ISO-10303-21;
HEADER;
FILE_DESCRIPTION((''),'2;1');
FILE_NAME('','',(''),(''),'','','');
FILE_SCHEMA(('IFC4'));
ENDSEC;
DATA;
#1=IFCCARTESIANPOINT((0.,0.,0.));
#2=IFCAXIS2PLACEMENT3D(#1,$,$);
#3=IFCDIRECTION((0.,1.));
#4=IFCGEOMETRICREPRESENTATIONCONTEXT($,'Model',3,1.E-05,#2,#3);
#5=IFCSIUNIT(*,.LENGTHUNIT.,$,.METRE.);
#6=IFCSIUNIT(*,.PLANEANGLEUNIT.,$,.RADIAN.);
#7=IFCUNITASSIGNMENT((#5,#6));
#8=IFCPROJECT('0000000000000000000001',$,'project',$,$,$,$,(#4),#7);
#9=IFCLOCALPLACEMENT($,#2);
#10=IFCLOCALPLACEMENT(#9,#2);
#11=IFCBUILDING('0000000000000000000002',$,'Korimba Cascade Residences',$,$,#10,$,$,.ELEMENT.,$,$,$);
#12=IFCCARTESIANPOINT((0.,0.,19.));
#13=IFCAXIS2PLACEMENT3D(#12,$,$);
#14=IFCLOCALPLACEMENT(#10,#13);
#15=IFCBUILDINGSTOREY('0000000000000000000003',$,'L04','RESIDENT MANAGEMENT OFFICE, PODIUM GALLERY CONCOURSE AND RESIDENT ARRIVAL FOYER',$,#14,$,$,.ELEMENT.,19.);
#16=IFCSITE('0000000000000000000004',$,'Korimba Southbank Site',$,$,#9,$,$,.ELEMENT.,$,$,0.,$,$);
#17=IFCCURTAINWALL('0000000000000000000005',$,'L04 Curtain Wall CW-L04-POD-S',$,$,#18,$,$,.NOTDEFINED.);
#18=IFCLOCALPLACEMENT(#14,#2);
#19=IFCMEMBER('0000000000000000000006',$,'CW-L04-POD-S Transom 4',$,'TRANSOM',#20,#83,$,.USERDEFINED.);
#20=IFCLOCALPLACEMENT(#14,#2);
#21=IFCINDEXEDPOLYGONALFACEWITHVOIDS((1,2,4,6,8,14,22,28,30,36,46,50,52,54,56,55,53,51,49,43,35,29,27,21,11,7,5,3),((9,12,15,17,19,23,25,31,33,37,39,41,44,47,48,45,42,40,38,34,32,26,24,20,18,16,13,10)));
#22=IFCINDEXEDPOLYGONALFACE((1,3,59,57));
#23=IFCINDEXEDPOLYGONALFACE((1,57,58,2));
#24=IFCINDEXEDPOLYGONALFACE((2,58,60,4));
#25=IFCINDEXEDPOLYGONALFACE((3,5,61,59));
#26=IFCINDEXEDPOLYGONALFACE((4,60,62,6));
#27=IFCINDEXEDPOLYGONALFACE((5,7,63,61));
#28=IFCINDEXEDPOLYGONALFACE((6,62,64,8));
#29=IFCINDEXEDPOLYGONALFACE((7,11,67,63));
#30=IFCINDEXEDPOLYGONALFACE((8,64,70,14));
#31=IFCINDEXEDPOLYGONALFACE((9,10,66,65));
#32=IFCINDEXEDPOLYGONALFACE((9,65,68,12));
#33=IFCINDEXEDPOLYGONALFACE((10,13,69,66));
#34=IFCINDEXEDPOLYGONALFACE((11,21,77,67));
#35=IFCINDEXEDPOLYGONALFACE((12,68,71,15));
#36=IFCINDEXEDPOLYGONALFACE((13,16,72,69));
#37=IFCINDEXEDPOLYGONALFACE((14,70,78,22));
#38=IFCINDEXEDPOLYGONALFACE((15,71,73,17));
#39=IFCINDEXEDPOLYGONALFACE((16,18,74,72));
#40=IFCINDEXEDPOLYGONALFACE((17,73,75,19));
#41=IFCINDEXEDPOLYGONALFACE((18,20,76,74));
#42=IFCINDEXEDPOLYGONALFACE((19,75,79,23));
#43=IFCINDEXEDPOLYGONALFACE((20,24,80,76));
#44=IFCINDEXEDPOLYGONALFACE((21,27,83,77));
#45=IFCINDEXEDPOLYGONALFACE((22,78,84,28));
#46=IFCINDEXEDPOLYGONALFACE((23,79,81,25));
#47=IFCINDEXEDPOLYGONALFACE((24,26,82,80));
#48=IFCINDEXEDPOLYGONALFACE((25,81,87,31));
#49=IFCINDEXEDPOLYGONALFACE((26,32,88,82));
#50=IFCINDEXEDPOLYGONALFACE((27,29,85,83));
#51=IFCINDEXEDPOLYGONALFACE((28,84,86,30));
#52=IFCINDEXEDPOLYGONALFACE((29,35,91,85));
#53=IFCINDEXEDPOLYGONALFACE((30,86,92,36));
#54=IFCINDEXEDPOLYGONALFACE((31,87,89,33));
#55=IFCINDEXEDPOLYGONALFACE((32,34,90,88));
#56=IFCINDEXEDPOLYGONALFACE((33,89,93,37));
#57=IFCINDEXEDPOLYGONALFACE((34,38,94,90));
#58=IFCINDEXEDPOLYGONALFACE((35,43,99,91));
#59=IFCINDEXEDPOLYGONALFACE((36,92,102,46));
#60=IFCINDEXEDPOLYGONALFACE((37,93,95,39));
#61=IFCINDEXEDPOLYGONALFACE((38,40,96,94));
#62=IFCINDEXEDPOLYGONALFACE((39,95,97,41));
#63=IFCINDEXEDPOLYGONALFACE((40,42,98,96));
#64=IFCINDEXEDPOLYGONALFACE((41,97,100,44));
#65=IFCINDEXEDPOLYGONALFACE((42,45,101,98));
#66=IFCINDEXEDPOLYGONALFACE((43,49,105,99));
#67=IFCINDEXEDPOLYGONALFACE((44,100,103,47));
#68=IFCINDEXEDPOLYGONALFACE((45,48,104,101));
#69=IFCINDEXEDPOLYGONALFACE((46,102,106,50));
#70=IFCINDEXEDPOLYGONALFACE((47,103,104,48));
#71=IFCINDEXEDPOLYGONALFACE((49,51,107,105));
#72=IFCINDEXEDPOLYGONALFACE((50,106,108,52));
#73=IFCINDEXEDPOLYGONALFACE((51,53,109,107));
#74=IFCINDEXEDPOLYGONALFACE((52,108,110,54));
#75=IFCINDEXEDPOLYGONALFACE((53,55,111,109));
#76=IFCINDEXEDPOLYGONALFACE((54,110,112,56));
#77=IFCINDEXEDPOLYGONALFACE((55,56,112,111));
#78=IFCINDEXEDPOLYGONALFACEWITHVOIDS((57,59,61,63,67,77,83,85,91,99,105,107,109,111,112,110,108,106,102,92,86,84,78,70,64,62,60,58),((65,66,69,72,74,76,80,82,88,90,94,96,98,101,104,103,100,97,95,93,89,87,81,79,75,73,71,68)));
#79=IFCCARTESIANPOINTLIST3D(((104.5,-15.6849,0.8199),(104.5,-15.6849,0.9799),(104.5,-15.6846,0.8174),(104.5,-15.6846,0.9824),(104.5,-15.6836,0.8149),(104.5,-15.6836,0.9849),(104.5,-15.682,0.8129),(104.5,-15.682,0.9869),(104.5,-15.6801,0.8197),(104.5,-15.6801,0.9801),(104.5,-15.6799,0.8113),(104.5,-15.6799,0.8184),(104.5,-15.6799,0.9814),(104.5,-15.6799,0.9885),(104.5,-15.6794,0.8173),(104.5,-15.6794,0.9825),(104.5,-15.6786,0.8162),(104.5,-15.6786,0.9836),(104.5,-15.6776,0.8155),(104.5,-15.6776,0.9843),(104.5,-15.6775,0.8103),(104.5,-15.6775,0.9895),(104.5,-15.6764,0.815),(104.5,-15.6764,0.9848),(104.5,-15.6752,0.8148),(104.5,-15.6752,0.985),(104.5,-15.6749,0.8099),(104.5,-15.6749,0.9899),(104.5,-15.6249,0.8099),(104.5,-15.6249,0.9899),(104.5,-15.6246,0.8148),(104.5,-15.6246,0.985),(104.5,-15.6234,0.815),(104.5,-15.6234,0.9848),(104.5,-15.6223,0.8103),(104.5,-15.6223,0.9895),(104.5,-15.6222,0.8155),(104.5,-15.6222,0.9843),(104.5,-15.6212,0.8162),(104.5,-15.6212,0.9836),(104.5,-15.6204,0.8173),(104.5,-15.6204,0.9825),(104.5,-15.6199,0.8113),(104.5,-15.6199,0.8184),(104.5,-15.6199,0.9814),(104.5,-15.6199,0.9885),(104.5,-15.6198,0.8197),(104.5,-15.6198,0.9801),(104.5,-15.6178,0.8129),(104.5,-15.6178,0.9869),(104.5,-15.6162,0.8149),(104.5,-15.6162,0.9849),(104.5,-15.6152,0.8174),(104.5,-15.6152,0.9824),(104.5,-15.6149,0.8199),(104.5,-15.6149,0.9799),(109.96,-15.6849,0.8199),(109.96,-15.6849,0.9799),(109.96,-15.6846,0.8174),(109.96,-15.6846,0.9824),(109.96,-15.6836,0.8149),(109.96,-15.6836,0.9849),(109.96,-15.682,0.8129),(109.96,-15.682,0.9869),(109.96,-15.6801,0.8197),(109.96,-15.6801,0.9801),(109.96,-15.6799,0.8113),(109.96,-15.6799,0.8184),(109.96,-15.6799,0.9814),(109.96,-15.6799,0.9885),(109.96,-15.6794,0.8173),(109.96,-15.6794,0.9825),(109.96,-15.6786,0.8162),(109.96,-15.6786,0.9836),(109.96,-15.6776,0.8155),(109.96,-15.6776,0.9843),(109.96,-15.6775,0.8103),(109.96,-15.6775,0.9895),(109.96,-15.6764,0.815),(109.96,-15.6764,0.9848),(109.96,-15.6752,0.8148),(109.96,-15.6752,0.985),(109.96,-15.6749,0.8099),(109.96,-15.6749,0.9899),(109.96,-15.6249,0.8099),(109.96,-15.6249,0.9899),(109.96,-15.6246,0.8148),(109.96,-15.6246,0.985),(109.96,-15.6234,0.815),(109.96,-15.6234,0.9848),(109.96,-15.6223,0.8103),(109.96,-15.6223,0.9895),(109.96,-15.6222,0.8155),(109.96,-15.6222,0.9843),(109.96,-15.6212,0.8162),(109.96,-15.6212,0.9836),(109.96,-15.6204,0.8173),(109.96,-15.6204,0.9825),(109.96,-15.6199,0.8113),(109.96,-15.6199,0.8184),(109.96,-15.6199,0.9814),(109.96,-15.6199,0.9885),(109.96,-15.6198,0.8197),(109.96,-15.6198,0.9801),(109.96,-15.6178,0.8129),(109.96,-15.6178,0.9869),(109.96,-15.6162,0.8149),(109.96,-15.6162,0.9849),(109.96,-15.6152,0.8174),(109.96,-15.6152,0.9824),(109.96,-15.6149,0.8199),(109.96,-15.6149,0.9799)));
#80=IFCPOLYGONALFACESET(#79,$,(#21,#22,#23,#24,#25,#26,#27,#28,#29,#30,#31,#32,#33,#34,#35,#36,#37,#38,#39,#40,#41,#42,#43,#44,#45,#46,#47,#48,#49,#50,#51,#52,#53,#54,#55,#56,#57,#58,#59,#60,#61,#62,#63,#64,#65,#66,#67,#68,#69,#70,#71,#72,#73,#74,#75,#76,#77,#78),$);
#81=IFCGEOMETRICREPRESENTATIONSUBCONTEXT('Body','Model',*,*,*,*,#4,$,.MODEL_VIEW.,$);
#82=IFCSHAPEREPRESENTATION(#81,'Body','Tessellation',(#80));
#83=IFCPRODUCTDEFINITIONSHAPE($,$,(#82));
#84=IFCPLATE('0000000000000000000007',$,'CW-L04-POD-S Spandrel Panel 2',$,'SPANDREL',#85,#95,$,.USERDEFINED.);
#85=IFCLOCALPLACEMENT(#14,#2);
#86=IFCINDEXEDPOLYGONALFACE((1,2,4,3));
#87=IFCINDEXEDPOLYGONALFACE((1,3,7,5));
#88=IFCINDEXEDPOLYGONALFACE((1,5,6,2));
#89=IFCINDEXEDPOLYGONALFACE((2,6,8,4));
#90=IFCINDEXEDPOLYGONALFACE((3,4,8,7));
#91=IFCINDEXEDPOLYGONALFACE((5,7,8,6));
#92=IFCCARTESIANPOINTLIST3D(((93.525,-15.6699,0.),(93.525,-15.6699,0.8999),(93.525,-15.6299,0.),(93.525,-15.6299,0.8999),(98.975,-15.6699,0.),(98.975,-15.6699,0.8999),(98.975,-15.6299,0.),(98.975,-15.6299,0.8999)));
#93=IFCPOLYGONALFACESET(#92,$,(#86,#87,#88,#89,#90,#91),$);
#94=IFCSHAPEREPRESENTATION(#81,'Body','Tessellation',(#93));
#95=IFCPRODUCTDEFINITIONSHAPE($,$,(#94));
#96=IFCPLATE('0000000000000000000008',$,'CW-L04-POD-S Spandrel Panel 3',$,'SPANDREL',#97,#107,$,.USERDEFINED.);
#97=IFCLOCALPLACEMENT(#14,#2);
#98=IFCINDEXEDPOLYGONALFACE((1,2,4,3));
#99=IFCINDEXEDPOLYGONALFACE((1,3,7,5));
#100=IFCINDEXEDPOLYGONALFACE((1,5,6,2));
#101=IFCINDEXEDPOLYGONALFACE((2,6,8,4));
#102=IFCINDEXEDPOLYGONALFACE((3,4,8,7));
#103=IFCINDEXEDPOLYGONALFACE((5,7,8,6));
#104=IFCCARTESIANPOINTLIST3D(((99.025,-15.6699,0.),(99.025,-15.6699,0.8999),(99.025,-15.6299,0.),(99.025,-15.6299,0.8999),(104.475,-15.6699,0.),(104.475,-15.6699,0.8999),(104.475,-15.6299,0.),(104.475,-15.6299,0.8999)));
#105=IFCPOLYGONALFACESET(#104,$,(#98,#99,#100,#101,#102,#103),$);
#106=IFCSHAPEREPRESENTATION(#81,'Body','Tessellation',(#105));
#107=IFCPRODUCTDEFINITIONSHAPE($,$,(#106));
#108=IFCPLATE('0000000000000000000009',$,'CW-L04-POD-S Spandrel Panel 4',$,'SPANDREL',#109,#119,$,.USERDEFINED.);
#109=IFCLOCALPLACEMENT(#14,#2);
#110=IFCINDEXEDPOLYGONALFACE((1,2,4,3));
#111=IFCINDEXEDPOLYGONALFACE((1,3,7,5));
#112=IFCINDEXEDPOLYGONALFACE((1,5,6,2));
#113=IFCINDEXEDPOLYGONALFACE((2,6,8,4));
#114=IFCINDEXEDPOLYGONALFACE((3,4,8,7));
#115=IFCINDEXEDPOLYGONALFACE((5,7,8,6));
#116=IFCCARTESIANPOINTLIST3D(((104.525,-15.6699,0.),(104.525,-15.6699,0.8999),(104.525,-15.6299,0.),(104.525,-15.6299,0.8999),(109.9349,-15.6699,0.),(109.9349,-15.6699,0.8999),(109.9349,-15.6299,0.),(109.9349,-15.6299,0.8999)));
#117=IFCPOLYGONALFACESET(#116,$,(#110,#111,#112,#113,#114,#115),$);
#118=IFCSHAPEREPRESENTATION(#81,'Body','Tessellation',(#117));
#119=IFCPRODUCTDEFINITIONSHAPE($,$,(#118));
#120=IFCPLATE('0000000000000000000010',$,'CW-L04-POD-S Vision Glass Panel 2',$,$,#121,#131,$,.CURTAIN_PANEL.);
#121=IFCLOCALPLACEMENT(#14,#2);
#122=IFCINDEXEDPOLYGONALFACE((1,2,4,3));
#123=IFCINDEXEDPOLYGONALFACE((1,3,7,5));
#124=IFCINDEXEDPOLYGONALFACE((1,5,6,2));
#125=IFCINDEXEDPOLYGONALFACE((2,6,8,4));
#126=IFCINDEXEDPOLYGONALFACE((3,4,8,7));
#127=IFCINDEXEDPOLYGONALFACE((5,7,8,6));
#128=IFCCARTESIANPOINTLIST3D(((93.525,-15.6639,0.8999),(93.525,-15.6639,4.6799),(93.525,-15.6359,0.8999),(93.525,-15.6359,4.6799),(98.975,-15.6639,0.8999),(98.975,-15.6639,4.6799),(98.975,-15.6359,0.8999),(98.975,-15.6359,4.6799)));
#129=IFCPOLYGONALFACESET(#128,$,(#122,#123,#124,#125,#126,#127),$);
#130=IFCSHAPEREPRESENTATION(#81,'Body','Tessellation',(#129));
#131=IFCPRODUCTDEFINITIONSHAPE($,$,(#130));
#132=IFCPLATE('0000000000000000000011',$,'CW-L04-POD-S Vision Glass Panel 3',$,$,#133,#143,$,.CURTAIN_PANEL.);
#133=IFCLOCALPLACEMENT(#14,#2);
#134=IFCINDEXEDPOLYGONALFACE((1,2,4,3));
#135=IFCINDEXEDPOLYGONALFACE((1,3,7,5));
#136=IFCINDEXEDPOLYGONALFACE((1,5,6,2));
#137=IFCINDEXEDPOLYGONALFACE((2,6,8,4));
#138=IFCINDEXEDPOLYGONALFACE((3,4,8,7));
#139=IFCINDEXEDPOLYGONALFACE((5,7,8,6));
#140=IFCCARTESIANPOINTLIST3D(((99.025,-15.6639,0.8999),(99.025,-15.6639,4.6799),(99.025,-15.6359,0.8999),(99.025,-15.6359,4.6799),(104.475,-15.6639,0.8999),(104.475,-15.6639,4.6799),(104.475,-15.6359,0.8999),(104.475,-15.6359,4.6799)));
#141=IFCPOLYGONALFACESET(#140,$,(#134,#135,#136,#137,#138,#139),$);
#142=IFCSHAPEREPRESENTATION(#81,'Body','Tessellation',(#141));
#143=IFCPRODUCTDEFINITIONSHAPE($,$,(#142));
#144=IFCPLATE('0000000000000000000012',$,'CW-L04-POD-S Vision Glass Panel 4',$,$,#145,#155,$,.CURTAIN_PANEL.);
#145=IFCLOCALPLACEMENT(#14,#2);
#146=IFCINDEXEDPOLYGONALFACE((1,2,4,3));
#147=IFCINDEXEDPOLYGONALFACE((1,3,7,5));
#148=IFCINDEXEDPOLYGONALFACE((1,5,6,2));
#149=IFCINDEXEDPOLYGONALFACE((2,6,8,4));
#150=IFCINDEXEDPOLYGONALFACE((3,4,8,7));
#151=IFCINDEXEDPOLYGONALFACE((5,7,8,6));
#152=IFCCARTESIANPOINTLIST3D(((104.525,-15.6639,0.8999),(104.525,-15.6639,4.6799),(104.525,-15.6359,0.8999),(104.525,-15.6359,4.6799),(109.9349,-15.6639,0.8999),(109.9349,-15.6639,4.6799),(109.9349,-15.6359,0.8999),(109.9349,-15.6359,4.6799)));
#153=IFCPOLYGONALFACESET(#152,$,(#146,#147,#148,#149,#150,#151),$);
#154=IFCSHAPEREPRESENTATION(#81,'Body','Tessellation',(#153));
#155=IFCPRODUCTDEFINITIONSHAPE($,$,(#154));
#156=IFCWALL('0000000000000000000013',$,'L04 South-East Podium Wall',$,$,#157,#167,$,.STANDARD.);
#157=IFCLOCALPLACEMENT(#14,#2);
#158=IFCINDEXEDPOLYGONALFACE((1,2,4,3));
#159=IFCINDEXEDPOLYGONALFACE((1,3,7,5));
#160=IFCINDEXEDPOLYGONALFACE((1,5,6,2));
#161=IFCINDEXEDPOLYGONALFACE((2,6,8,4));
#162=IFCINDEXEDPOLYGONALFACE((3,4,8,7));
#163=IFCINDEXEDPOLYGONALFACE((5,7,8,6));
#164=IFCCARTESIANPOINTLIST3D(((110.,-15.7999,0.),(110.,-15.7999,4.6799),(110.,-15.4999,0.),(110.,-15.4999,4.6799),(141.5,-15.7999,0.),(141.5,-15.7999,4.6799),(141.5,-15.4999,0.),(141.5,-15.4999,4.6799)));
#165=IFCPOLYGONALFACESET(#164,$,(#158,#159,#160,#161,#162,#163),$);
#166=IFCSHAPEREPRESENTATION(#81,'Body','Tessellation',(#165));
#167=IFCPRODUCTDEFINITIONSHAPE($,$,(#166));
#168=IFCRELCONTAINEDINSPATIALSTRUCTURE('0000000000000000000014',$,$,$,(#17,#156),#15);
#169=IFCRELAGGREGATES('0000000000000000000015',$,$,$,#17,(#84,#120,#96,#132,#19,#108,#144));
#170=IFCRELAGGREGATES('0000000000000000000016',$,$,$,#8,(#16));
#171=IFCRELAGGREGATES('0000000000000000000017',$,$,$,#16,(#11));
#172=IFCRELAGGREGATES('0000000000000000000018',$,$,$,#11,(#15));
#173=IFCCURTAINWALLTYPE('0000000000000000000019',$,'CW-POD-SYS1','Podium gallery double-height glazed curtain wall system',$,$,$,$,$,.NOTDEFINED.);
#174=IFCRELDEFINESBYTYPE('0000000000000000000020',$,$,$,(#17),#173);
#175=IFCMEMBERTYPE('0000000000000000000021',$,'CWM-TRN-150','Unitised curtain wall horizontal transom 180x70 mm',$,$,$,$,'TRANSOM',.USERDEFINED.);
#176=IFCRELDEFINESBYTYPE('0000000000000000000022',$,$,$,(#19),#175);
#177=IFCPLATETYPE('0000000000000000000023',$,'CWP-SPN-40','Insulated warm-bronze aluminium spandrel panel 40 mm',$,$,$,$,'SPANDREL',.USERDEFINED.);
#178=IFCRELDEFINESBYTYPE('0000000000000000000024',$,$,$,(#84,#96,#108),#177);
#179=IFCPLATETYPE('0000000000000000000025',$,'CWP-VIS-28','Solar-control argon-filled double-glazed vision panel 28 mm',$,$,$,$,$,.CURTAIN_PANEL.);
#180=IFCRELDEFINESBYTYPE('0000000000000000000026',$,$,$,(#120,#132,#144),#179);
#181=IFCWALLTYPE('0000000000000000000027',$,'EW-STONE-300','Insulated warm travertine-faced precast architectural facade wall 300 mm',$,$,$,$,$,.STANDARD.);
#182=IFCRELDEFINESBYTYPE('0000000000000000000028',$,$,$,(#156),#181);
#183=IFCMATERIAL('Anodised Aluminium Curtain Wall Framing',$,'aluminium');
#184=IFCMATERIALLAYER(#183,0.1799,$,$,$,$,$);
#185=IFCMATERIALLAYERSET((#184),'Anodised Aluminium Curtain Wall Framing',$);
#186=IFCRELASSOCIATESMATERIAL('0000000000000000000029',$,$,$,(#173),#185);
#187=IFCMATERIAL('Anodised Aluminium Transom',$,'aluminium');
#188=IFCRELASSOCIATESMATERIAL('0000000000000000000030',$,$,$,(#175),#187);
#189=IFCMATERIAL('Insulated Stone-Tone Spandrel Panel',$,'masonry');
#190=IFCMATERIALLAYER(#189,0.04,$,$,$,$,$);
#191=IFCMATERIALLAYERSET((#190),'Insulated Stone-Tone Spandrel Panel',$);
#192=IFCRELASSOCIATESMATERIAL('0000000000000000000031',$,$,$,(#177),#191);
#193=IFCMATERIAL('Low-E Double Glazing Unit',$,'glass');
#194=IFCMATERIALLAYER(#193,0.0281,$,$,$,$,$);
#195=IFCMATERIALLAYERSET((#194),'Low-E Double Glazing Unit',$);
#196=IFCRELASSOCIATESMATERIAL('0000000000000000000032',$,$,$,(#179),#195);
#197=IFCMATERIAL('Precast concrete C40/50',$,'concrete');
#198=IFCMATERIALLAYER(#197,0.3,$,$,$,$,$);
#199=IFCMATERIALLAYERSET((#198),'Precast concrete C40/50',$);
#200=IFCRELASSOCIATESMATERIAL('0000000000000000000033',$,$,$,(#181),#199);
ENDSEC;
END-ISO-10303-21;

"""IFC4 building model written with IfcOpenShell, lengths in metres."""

from ifc_helpers import new_model, si_unit, direction, frame, frame_2d, origin, origin_2d, place, context, subcontext, project, spatial, rectangle, hollow_rectangle, extrude, material, layer, layer_set, material_profile, profile_set, type_object, element, aggregate, save


model = new_model("IFC4")

# Units and contexts
model_context = context("Model", 3, precision=1e-05, world=origin(), true_north=direction((0.0, 1.0)))
body_context = subcontext(model_context, "Body", "Model", "MODEL_VIEW")
ifc_project = project(units=[si_unit("LENGTHUNIT", "METRE"), si_unit("PLANEANGLEUNIT", "RADIAN")], contexts=[model_context])

# Site, building, storey
site_placement = place(None, origin())
site = spatial("IfcSite", under=ifc_project, at=site_placement, Name="Korimba Southbank Site", CompositionType="ELEMENT", RefElevation=0.0)
building_placement = place(site_placement, origin())
building = spatial("IfcBuilding", under=site, at=building_placement, Name="Korimba Cascade Residences", CompositionType="ELEMENT")
storey_placement = place(building_placement, frame((0.0, 0.0, 19.0)))
storey = spatial("IfcBuildingStorey", under=building, at=storey_placement, Name="L04", Description="RESIDENT MANAGEMENT OFFICE, PODIUM GALLERY CONCOURSE AND RESIDENT ARRIVAL FOYER", CompositionType="ELEMENT", Elevation=19.0)

# Curtain wall, member, plates
ifc_material_1 = material(Name="Anodised Aluminium Curtain Wall Framing", Category="aluminium")
ifc_layer_1 = layer(ifc_material_1, 0.1799)
ifc_layer_set_1 = layer_set([ifc_layer_1], Name="Anodised Aluminium Curtain Wall Framing")
curtain_wall_type = type_object("IfcCurtainWallType", Name="CW-POD-SYS1", Description="Podium gallery double-height glazed curtain wall system", PredefinedType="NOTDEFINED", material=ifc_layer_set_1)
curtain_wall_placement = place(storey_placement, origin())
curtain_wall = element("IfcCurtainWall", 1, at=curtain_wall_placement, inside=storey, type_object=curtain_wall_type, Name="L04 Curtain Wall CW-L04-POD-S", PredefinedType="NOTDEFINED")
ifc_material_2 = material(Name="Anodised Aluminium Transom", Category="aluminium")
ifc_material_profile_1 = material_profile(ifc_material_2, hollow_rectangle(XDim=0.0701, YDim=0.1799, WallThickness=0.0049, InnerFilletRadius=0.0049, OuterFilletRadius=0.01, at=origin_2d()), Name="Anodised Aluminium Transom")
ifc_profile_set_1 = profile_set([ifc_material_profile_1], Name="Anodised Aluminium Transom")
member_type_1 = type_object("IfcMemberType", Name="CWM-TRN-150", Description="Unitised curtain wall horizontal transom 180x70 mm", ElementType="TRANSOM", PredefinedType="USERDEFINED", material=ifc_profile_set_1)
member_1_placement = place(storey_placement, frame((104.5, -15.6499, 0.8999), z_axis=(1.0, 0.0, 0.0), x_axis=(0.0, 1.0, 0.0)))
member_1 = element("IfcMember", 2, at=member_1_placement, type_object=member_type_1, Name="CW-L04-POD-S Transom 4", ObjectType="TRANSOM", PredefinedType="USERDEFINED", context=body_context, shape_type="SweptSolid", body=[
    extrude(hollow_rectangle(XDim=0.0701, YDim=0.1799, WallThickness=0.0049, InnerFilletRadius=0.0049, OuterFilletRadius=0.01, at=origin_2d()), origin(), (0.0, 0.0, 1.0), 5.46),
])
ifc_material_3 = material(Name="Insulated Stone-Tone Spandrel Panel", Category="masonry")
ifc_layer_2 = layer(ifc_material_3, 0.04)
ifc_layer_set_2 = layer_set([ifc_layer_2], Name="Insulated Stone-Tone Spandrel Panel")
plate_type_1 = type_object("IfcPlateType", Name="CWP-SPN-40", Description="Insulated warm-bronze aluminium spandrel panel 40 mm", ElementType="SPANDREL", PredefinedType="USERDEFINED", material=ifc_layer_set_2)
plate_1_placement = place(storey_placement, frame((96.25, -15.6499, 0.0), z_axis=(0.0, 0.0, 1.0), x_axis=(1.0, 0.0, 0.0)))
plate_1 = element("IfcPlate", 3, at=plate_1_placement, type_object=plate_type_1, Name="CW-L04-POD-S Spandrel Panel 2", ObjectType="SPANDREL", PredefinedType="USERDEFINED", context=body_context, shape_type="SweptSolid", body=[
    extrude(rectangle(XDim=5.45, YDim=0.04, at=origin_2d()), origin(), (0.0, 0.0, 1.0), 0.8999),
])
plate_2_placement = place(storey_placement, frame((101.75, -15.6499, 0.0), z_axis=(0.0, 0.0, 1.0), x_axis=(1.0, 0.0, 0.0)))
plate_2 = element("IfcPlate", 4, at=plate_2_placement, type_object=plate_type_1, Name="CW-L04-POD-S Spandrel Panel 3", ObjectType="SPANDREL", PredefinedType="USERDEFINED", context=body_context, shape_type="SweptSolid", body=[
    extrude(rectangle(XDim=5.45, YDim=0.04, at=origin_2d()), origin(), (0.0, 0.0, 1.0), 0.8999),
])
plate_3_placement = place(storey_placement, frame((107.23, -15.6499, 0.0), z_axis=(0.0, 0.0, 1.0), x_axis=(1.0, 0.0, 0.0)))
plate_3 = element("IfcPlate", 5, at=plate_3_placement, type_object=plate_type_1, Name="CW-L04-POD-S Spandrel Panel 4", ObjectType="SPANDREL", PredefinedType="USERDEFINED", context=body_context, shape_type="SweptSolid", body=[
    extrude(rectangle(XDim=5.4099, YDim=0.04, at=origin_2d()), origin(), (0.0, 0.0, 1.0), 0.8999),
])
ifc_material_4 = material(Name="Low-E Double Glazing Unit", Category="glass")
ifc_layer_3 = layer(ifc_material_4, 0.0281)
ifc_layer_set_3 = layer_set([ifc_layer_3], Name="Low-E Double Glazing Unit")
plate_type_2 = type_object("IfcPlateType", Name="CWP-VIS-28", Description="Solar-control argon-filled double-glazed vision panel 28 mm", PredefinedType="CURTAIN_PANEL", material=ifc_layer_set_3)
plate_4_placement = place(storey_placement, frame((96.25, -15.6499, 0.8999), z_axis=(0.0, 0.0, 1.0), x_axis=(1.0, 0.0, 0.0)))
plate_4 = element("IfcPlate", 6, at=plate_4_placement, type_object=plate_type_2, Name="CW-L04-POD-S Vision Glass Panel 2", PredefinedType="CURTAIN_PANEL", context=body_context, shape_type="SweptSolid", body=[
    extrude(rectangle(XDim=5.45, YDim=0.0281, at=origin_2d()), origin(), (0.0, 0.0, 1.0), 3.78),
])
plate_5_placement = place(storey_placement, frame((101.75, -15.6499, 0.8999), z_axis=(0.0, 0.0, 1.0), x_axis=(1.0, 0.0, 0.0)))
plate_5 = element("IfcPlate", 7, at=plate_5_placement, type_object=plate_type_2, Name="CW-L04-POD-S Vision Glass Panel 3", PredefinedType="CURTAIN_PANEL", context=body_context, shape_type="SweptSolid", body=[
    extrude(rectangle(XDim=5.45, YDim=0.0281, at=origin_2d()), origin(), (0.0, 0.0, 1.0), 3.78),
])
plate_6_placement = place(storey_placement, frame((107.23, -15.6499, 0.8999), z_axis=(0.0, 0.0, 1.0), x_axis=(1.0, 0.0, 0.0)))
plate_6 = element("IfcPlate", 8, at=plate_6_placement, type_object=plate_type_2, Name="CW-L04-POD-S Vision Glass Panel 4", PredefinedType="CURTAIN_PANEL", context=body_context, shape_type="SweptSolid", body=[
    extrude(rectangle(XDim=5.4099, YDim=0.0281, at=origin_2d()), origin(), (0.0, 0.0, 1.0), 3.78),
])
aggregate(curtain_wall, [plate_1, plate_4, plate_2, plate_5, member_1, plate_3, plate_6])

# Wall
ifc_material_5 = material(Name="Precast concrete C40/50", Category="concrete")
ifc_layer_4 = layer(ifc_material_5, 0.3)
ifc_layer_set_4 = layer_set([ifc_layer_4], Name="Precast concrete C40/50")
wall_type = type_object("IfcWallType", Name="EW-STONE-300", Description="Insulated warm travertine-faced precast architectural facade wall 300 mm", PredefinedType="STANDARD", material=ifc_layer_set_4)
wall_placement = place(storey_placement, frame((110.0, -15.6499, 0.0), z_axis=(0.0, 0.0, 1.0), x_axis=(1.0, 0.0, 0.0)))
element("IfcWall", 9, at=wall_placement, inside=storey, type_object=wall_type, Name="L04 South-East Podium Wall", PredefinedType="STANDARD", context=body_context, shape_type="SweptSolid", body=[
    extrude(rectangle(XDim=31.5, YDim=0.3, at=frame_2d((15.75, 0.0))), origin(), (0.0, 0.0, 1.0), 4.6799),
])

save(model, "model.ifc")
